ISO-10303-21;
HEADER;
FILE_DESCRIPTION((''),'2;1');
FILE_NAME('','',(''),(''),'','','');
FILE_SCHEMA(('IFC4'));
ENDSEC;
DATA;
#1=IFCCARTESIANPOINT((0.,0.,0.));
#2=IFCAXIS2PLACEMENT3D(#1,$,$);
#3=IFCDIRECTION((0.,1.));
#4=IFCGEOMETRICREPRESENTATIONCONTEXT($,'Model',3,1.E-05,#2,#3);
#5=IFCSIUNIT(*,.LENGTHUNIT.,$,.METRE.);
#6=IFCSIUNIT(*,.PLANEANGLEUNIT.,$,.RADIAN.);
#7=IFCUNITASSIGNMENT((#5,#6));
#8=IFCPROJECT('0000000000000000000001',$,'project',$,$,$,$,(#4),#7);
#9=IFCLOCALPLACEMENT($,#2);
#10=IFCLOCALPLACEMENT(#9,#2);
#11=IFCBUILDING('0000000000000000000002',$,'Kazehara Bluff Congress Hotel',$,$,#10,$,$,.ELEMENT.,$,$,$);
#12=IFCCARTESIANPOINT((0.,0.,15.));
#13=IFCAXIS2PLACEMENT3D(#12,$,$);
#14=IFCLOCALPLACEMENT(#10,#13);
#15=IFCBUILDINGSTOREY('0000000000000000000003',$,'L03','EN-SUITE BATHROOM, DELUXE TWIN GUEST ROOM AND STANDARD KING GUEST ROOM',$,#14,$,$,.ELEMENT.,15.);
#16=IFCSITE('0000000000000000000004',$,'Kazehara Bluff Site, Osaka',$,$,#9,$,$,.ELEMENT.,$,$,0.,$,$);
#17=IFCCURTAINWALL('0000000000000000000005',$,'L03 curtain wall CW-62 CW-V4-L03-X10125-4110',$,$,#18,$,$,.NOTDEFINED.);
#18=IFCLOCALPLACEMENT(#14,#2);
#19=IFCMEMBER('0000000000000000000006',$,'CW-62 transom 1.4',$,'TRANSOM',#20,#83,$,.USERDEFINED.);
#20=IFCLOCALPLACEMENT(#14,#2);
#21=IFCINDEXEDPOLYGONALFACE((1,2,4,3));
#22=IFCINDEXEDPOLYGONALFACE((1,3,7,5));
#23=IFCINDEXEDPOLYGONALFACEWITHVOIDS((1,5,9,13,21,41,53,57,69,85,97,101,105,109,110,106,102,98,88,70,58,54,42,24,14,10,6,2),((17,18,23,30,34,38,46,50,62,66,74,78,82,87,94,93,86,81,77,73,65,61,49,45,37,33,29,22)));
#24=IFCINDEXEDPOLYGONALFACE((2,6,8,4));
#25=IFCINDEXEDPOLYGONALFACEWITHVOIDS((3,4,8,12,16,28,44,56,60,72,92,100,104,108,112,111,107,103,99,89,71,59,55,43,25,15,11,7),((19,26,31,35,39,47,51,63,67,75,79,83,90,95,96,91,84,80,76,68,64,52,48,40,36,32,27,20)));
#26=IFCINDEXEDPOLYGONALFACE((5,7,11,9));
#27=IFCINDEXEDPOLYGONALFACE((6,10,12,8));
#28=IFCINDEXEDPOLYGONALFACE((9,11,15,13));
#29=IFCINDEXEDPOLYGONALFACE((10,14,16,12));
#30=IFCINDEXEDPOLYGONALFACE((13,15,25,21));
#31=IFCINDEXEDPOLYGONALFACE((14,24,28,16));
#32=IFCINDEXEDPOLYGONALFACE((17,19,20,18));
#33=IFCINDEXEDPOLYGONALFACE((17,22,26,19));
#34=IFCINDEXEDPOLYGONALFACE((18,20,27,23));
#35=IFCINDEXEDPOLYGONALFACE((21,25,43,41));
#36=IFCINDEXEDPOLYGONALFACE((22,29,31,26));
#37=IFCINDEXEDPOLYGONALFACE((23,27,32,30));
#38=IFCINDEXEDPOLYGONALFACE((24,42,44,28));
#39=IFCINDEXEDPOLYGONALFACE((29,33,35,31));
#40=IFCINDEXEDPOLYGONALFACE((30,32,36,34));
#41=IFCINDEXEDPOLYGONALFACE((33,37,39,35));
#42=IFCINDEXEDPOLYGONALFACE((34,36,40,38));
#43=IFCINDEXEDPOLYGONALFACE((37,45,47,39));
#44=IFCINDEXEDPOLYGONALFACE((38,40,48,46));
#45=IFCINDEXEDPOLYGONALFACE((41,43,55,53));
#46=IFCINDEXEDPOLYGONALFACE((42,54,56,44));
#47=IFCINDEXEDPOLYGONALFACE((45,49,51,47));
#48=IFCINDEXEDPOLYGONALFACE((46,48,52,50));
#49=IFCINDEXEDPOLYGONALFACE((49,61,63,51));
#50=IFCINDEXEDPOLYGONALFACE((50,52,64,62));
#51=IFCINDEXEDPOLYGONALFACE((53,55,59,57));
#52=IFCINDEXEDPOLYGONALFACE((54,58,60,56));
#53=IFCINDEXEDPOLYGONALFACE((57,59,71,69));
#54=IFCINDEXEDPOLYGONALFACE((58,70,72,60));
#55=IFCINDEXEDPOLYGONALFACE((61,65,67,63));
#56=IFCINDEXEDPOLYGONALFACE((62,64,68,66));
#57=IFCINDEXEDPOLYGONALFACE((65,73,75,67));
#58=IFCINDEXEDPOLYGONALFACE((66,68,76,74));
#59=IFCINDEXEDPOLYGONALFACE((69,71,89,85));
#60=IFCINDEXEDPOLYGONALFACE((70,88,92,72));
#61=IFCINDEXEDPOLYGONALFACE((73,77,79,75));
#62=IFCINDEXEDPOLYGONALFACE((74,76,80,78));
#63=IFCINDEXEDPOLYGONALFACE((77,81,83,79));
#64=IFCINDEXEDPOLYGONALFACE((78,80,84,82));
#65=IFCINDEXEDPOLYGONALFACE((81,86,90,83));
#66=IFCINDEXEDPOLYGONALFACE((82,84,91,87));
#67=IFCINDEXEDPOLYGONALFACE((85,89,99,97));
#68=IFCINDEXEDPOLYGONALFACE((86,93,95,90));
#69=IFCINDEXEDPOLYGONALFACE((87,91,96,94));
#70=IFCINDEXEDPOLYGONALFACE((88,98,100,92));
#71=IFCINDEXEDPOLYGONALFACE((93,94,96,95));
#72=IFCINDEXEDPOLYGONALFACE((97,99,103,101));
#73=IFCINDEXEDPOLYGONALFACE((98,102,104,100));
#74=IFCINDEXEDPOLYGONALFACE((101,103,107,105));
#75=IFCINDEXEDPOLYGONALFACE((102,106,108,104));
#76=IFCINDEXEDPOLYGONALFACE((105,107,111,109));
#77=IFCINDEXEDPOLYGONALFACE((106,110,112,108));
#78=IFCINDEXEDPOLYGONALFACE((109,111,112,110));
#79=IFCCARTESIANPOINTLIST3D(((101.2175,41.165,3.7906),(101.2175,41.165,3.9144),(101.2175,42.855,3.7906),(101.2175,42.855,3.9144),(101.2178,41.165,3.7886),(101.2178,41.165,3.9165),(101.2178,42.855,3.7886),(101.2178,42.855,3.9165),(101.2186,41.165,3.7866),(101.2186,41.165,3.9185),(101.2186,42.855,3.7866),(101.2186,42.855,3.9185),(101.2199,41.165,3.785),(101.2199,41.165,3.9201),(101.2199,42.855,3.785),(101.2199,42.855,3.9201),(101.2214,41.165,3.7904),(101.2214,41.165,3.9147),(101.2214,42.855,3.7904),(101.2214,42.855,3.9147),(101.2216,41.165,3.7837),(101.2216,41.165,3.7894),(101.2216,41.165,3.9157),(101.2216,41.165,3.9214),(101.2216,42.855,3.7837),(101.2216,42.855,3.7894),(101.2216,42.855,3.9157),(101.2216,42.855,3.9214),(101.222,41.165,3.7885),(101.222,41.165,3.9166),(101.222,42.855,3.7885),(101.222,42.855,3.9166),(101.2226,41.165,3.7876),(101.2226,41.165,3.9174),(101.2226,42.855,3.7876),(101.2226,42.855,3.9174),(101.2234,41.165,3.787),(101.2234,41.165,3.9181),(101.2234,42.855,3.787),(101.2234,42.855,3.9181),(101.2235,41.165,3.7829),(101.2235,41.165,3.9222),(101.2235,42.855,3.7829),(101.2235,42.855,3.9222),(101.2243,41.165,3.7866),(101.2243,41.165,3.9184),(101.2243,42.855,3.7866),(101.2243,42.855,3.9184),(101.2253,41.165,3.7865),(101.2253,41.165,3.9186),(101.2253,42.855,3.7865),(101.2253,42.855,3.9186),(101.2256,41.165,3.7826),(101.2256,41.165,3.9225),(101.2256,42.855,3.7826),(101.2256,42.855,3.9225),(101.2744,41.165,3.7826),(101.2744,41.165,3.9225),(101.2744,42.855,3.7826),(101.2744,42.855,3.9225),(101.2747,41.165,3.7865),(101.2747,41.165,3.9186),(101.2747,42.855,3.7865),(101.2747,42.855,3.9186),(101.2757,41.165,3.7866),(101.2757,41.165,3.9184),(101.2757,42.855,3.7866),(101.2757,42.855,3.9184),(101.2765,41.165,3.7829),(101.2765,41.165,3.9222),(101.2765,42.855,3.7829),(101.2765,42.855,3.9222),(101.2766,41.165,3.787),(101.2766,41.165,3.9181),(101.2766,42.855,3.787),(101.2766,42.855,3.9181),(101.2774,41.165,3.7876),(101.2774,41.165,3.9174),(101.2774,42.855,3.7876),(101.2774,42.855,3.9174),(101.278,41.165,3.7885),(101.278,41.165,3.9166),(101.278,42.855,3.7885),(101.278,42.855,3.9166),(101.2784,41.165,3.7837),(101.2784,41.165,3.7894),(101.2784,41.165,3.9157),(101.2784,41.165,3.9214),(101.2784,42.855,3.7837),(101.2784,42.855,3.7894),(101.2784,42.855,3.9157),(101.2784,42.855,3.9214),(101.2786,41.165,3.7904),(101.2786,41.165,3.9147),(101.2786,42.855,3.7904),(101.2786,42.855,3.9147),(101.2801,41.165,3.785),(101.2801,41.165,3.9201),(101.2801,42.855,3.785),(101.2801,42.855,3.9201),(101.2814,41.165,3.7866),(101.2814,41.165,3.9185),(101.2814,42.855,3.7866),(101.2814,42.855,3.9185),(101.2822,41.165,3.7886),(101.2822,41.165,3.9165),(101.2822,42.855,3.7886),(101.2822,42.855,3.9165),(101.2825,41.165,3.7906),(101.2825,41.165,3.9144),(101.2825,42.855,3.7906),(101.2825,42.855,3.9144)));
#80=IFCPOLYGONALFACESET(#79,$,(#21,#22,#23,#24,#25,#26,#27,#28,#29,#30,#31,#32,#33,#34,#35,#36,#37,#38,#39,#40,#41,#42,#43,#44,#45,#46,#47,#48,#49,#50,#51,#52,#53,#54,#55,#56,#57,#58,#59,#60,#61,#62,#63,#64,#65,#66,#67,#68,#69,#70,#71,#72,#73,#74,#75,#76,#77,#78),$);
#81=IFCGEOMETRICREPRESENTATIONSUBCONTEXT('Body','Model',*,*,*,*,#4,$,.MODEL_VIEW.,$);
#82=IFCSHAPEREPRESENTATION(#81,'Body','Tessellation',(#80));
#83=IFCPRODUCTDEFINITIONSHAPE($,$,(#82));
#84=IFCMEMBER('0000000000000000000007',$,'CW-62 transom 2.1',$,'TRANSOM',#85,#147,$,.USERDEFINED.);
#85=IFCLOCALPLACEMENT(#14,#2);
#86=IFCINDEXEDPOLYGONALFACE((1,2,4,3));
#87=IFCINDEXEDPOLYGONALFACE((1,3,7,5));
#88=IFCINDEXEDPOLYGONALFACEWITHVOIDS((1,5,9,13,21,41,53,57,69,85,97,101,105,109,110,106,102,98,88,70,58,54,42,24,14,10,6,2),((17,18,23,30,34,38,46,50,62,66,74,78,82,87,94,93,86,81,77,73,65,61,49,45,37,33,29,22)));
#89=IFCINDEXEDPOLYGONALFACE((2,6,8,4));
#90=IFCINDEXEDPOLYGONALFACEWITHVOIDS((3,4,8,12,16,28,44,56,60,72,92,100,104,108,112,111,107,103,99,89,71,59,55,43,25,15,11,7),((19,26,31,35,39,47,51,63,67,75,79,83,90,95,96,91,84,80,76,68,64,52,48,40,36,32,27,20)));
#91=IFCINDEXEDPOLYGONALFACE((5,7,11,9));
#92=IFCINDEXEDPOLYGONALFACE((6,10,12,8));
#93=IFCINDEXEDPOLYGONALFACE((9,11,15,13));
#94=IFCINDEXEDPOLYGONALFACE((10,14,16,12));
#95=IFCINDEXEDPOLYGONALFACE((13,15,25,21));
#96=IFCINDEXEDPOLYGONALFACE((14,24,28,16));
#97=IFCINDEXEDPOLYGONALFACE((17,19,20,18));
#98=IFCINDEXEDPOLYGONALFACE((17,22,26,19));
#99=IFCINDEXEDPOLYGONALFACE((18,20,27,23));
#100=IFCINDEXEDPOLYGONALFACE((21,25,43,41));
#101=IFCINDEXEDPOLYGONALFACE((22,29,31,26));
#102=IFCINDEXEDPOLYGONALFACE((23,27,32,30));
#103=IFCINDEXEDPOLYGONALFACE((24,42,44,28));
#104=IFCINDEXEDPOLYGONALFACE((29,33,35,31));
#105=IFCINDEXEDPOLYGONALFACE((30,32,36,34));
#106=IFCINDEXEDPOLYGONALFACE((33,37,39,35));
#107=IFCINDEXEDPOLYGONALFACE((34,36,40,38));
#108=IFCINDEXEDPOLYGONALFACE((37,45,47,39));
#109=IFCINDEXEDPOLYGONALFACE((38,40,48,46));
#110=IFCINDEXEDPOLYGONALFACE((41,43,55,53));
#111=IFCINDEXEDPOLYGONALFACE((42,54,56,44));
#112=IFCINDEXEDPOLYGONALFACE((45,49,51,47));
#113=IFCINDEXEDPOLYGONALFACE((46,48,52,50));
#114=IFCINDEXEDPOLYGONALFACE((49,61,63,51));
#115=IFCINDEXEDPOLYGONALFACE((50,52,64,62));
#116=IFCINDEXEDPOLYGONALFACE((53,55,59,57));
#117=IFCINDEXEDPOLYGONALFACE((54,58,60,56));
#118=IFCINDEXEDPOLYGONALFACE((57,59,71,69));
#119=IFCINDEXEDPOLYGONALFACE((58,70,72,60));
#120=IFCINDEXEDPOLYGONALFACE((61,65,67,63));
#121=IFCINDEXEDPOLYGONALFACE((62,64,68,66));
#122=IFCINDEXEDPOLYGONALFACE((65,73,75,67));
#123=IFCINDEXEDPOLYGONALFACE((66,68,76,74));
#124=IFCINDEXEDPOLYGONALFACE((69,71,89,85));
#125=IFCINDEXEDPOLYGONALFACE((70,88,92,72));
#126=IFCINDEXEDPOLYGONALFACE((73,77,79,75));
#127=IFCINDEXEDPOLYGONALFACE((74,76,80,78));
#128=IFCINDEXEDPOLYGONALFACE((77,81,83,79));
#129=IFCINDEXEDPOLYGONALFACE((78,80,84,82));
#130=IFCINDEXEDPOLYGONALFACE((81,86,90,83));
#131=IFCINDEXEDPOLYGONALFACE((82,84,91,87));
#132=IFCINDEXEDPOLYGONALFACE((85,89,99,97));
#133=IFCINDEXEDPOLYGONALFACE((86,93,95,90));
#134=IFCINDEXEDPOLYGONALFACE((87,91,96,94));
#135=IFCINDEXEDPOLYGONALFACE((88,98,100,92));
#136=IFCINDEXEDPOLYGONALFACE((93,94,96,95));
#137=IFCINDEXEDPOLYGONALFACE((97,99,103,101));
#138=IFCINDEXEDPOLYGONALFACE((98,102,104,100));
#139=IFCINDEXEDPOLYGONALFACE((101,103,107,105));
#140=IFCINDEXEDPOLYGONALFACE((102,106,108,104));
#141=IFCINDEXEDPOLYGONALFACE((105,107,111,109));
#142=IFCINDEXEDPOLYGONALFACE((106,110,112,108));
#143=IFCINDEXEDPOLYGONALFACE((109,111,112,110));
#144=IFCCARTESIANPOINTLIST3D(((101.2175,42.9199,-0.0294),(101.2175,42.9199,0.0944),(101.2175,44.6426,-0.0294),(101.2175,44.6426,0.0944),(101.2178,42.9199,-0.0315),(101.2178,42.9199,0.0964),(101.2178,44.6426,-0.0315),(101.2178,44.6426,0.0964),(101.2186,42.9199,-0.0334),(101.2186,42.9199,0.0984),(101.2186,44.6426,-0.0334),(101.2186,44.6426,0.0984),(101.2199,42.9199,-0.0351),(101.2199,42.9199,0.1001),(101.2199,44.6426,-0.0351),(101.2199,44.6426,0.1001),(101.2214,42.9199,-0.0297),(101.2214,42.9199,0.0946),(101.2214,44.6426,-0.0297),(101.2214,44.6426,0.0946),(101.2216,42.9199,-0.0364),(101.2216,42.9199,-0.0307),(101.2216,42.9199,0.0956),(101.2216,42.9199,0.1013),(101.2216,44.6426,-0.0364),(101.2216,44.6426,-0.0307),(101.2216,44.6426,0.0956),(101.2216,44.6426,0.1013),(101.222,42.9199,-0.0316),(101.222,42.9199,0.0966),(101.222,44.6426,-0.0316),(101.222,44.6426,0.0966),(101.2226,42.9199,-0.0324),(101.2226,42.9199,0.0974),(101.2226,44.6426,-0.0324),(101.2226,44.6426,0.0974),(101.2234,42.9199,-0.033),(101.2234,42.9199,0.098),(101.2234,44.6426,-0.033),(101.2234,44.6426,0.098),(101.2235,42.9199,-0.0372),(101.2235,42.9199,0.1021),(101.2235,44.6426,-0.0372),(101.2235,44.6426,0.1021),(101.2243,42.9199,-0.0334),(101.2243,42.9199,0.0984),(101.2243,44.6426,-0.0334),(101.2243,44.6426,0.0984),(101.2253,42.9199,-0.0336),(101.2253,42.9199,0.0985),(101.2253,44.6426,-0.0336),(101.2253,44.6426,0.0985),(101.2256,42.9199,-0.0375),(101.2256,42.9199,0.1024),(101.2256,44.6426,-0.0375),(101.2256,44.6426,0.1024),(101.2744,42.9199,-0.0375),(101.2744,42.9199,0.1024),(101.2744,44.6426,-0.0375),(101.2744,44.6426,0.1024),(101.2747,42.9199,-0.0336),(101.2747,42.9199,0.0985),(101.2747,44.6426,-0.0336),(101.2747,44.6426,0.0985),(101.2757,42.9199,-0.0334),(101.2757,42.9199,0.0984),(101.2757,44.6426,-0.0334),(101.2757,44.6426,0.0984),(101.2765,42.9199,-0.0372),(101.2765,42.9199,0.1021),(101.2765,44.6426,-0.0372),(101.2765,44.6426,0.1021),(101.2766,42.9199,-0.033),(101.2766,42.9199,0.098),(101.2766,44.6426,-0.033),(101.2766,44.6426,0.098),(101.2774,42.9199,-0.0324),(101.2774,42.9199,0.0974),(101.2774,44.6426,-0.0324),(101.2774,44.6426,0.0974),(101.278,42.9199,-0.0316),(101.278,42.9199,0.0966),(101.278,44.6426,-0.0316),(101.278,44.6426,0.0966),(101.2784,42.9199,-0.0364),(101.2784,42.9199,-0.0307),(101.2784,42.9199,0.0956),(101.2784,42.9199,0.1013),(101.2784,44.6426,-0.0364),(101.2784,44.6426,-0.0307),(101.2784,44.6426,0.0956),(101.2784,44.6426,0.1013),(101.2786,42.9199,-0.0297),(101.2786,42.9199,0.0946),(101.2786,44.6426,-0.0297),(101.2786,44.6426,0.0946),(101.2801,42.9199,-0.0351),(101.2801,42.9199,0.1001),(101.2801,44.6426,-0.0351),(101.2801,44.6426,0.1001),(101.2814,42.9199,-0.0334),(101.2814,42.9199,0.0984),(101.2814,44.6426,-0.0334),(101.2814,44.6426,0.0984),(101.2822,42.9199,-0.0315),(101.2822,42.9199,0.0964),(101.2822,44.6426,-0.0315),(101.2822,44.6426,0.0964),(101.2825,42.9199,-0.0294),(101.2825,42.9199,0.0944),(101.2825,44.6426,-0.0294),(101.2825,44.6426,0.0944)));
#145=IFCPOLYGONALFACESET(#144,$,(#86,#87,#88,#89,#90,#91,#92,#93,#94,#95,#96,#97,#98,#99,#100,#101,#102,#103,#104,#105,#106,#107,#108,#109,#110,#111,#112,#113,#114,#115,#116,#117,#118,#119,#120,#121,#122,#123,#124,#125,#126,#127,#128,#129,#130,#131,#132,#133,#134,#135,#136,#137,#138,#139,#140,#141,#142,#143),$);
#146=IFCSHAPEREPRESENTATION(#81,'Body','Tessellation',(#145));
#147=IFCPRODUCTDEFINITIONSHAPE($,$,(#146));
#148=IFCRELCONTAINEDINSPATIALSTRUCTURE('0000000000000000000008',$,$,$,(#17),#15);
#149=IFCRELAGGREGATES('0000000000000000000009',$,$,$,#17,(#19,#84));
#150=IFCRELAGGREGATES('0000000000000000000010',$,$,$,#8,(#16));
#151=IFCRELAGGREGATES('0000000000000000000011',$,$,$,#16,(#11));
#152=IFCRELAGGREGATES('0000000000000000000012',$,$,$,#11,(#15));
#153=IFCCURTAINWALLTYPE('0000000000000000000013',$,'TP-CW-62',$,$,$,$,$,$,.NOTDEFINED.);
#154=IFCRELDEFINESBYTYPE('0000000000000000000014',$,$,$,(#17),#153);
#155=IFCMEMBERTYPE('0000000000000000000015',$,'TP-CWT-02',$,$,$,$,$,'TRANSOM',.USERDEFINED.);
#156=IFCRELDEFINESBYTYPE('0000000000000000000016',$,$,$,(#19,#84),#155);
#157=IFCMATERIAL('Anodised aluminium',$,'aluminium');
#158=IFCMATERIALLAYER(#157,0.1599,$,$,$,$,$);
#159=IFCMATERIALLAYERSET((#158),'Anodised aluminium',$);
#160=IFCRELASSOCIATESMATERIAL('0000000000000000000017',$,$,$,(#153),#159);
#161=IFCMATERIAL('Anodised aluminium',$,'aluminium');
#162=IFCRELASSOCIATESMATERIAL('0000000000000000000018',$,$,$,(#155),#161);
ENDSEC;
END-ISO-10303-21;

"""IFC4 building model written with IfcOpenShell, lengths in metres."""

from ifc_helpers import new_model, si_unit, direction, frame, origin, origin_2d, place, context, subcontext, project, spatial, hollow_rectangle, extrude, material, layer, layer_set, material_profile, profile_set, type_object, element, aggregate, save


model = new_model("IFC4")

# Units and contexts
model_context = context("Model", 3, precision=1e-05, world=origin(), true_north=direction((0.0, 1.0)))
body_context = subcontext(model_context, "Body", "Model", "MODEL_VIEW")
ifc_project = project(units=[si_unit("LENGTHUNIT", "METRE"), si_unit("PLANEANGLEUNIT", "RADIAN")], contexts=[model_context])

# Site, building, storey
site_placement = place(None, origin())
site = spatial("IfcSite", under=ifc_project, at=site_placement, Name="Kazehara Bluff Site, Osaka", CompositionType="ELEMENT", RefElevation=0.0)
building_placement = place(site_placement, origin())
building = spatial("IfcBuilding", under=site, at=building_placement, Name="Kazehara Bluff Congress Hotel", CompositionType="ELEMENT")
storey_placement = place(building_placement, frame((0.0, 0.0, 15.0)))
storey = spatial("IfcBuildingStorey", under=building, at=storey_placement, Name="L03", Description="EN-SUITE BATHROOM, DELUXE TWIN GUEST ROOM AND STANDARD KING GUEST ROOM", CompositionType="ELEMENT", Elevation=15.0)

# Curtain wall, members
ifc_material_1 = material(Name="Anodised aluminium", Category="aluminium")
ifc_layer_1 = layer(ifc_material_1, 0.1599)
ifc_layer_set_1 = layer_set([ifc_layer_1], Name="Anodised aluminium")
curtain_wall_type_1 = type_object("IfcCurtainWallType", Name="TP-CW-62", PredefinedType="NOTDEFINED", material=ifc_layer_set_1)
curtain_wall_1_placement = place(storey_placement, origin())
curtain_wall_1 = element("IfcCurtainWall", 1, at=curtain_wall_1_placement, inside=storey, type_object=curtain_wall_type_1, Name="L03 curtain wall CW-62 CW-V4-L03-X10125-4110", PredefinedType="NOTDEFINED")
ifc_material_2 = material(Name="Anodised aluminium", Category="aluminium")
ifc_material_profile_1 = material_profile(ifc_material_2, hollow_rectangle(XDim=0.0649, YDim=0.1399, WallThickness=0.0039, InnerFilletRadius=0.0039, OuterFilletRadius=0.0081, at=origin_2d()))
ifc_profile_set_1 = profile_set([ifc_material_profile_1], Name="Anodised aluminium")
member_type_1 = type_object("IfcMemberType", Name="TP-CWT-02", ElementType="TRANSOM", PredefinedType="USERDEFINED", material=ifc_profile_set_1)
member_1_placement = place(storey_placement, frame((101.25, 41.165, 3.8525), z_axis=(0.0, 1.0, 0.0), x_axis=(-1.0, 0.0, 0.0)))
member_1 = element("IfcMember", 2, at=member_1_placement, type_object=member_type_1, Name="CW-62 transom 1.4", ObjectType="TRANSOM", PredefinedType="USERDEFINED", context=body_context, shape_type="SweptSolid", body=[
    extrude(hollow_rectangle(XDim=0.0649, YDim=0.1399, WallThickness=0.0039, InnerFilletRadius=0.0039, OuterFilletRadius=0.0081, at=origin_2d()), origin(), (0.0, 0.0, 1.0), 1.6899),
])
member_2_placement = place(storey_placement, frame((101.25, 42.9199, 0.0325), z_axis=(0.0, 1.0, 0.0), x_axis=(-1.0, 0.0, 0.0)))
member_2 = element("IfcMember", 3, at=member_2_placement, type_object=member_type_1, Name="CW-62 transom 2.1", ObjectType="TRANSOM", PredefinedType="USERDEFINED", context=body_context, shape_type="SweptSolid", body=[
    extrude(hollow_rectangle(XDim=0.0649, YDim=0.1399, WallThickness=0.0039, InnerFilletRadius=0.0039, OuterFilletRadius=0.0081, at=origin_2d()), origin(), (0.0, 0.0, 1.0), 1.7227),
])

aggregate(curtain_wall_1, [member_1, member_2])

save(model, "model.ifc")
